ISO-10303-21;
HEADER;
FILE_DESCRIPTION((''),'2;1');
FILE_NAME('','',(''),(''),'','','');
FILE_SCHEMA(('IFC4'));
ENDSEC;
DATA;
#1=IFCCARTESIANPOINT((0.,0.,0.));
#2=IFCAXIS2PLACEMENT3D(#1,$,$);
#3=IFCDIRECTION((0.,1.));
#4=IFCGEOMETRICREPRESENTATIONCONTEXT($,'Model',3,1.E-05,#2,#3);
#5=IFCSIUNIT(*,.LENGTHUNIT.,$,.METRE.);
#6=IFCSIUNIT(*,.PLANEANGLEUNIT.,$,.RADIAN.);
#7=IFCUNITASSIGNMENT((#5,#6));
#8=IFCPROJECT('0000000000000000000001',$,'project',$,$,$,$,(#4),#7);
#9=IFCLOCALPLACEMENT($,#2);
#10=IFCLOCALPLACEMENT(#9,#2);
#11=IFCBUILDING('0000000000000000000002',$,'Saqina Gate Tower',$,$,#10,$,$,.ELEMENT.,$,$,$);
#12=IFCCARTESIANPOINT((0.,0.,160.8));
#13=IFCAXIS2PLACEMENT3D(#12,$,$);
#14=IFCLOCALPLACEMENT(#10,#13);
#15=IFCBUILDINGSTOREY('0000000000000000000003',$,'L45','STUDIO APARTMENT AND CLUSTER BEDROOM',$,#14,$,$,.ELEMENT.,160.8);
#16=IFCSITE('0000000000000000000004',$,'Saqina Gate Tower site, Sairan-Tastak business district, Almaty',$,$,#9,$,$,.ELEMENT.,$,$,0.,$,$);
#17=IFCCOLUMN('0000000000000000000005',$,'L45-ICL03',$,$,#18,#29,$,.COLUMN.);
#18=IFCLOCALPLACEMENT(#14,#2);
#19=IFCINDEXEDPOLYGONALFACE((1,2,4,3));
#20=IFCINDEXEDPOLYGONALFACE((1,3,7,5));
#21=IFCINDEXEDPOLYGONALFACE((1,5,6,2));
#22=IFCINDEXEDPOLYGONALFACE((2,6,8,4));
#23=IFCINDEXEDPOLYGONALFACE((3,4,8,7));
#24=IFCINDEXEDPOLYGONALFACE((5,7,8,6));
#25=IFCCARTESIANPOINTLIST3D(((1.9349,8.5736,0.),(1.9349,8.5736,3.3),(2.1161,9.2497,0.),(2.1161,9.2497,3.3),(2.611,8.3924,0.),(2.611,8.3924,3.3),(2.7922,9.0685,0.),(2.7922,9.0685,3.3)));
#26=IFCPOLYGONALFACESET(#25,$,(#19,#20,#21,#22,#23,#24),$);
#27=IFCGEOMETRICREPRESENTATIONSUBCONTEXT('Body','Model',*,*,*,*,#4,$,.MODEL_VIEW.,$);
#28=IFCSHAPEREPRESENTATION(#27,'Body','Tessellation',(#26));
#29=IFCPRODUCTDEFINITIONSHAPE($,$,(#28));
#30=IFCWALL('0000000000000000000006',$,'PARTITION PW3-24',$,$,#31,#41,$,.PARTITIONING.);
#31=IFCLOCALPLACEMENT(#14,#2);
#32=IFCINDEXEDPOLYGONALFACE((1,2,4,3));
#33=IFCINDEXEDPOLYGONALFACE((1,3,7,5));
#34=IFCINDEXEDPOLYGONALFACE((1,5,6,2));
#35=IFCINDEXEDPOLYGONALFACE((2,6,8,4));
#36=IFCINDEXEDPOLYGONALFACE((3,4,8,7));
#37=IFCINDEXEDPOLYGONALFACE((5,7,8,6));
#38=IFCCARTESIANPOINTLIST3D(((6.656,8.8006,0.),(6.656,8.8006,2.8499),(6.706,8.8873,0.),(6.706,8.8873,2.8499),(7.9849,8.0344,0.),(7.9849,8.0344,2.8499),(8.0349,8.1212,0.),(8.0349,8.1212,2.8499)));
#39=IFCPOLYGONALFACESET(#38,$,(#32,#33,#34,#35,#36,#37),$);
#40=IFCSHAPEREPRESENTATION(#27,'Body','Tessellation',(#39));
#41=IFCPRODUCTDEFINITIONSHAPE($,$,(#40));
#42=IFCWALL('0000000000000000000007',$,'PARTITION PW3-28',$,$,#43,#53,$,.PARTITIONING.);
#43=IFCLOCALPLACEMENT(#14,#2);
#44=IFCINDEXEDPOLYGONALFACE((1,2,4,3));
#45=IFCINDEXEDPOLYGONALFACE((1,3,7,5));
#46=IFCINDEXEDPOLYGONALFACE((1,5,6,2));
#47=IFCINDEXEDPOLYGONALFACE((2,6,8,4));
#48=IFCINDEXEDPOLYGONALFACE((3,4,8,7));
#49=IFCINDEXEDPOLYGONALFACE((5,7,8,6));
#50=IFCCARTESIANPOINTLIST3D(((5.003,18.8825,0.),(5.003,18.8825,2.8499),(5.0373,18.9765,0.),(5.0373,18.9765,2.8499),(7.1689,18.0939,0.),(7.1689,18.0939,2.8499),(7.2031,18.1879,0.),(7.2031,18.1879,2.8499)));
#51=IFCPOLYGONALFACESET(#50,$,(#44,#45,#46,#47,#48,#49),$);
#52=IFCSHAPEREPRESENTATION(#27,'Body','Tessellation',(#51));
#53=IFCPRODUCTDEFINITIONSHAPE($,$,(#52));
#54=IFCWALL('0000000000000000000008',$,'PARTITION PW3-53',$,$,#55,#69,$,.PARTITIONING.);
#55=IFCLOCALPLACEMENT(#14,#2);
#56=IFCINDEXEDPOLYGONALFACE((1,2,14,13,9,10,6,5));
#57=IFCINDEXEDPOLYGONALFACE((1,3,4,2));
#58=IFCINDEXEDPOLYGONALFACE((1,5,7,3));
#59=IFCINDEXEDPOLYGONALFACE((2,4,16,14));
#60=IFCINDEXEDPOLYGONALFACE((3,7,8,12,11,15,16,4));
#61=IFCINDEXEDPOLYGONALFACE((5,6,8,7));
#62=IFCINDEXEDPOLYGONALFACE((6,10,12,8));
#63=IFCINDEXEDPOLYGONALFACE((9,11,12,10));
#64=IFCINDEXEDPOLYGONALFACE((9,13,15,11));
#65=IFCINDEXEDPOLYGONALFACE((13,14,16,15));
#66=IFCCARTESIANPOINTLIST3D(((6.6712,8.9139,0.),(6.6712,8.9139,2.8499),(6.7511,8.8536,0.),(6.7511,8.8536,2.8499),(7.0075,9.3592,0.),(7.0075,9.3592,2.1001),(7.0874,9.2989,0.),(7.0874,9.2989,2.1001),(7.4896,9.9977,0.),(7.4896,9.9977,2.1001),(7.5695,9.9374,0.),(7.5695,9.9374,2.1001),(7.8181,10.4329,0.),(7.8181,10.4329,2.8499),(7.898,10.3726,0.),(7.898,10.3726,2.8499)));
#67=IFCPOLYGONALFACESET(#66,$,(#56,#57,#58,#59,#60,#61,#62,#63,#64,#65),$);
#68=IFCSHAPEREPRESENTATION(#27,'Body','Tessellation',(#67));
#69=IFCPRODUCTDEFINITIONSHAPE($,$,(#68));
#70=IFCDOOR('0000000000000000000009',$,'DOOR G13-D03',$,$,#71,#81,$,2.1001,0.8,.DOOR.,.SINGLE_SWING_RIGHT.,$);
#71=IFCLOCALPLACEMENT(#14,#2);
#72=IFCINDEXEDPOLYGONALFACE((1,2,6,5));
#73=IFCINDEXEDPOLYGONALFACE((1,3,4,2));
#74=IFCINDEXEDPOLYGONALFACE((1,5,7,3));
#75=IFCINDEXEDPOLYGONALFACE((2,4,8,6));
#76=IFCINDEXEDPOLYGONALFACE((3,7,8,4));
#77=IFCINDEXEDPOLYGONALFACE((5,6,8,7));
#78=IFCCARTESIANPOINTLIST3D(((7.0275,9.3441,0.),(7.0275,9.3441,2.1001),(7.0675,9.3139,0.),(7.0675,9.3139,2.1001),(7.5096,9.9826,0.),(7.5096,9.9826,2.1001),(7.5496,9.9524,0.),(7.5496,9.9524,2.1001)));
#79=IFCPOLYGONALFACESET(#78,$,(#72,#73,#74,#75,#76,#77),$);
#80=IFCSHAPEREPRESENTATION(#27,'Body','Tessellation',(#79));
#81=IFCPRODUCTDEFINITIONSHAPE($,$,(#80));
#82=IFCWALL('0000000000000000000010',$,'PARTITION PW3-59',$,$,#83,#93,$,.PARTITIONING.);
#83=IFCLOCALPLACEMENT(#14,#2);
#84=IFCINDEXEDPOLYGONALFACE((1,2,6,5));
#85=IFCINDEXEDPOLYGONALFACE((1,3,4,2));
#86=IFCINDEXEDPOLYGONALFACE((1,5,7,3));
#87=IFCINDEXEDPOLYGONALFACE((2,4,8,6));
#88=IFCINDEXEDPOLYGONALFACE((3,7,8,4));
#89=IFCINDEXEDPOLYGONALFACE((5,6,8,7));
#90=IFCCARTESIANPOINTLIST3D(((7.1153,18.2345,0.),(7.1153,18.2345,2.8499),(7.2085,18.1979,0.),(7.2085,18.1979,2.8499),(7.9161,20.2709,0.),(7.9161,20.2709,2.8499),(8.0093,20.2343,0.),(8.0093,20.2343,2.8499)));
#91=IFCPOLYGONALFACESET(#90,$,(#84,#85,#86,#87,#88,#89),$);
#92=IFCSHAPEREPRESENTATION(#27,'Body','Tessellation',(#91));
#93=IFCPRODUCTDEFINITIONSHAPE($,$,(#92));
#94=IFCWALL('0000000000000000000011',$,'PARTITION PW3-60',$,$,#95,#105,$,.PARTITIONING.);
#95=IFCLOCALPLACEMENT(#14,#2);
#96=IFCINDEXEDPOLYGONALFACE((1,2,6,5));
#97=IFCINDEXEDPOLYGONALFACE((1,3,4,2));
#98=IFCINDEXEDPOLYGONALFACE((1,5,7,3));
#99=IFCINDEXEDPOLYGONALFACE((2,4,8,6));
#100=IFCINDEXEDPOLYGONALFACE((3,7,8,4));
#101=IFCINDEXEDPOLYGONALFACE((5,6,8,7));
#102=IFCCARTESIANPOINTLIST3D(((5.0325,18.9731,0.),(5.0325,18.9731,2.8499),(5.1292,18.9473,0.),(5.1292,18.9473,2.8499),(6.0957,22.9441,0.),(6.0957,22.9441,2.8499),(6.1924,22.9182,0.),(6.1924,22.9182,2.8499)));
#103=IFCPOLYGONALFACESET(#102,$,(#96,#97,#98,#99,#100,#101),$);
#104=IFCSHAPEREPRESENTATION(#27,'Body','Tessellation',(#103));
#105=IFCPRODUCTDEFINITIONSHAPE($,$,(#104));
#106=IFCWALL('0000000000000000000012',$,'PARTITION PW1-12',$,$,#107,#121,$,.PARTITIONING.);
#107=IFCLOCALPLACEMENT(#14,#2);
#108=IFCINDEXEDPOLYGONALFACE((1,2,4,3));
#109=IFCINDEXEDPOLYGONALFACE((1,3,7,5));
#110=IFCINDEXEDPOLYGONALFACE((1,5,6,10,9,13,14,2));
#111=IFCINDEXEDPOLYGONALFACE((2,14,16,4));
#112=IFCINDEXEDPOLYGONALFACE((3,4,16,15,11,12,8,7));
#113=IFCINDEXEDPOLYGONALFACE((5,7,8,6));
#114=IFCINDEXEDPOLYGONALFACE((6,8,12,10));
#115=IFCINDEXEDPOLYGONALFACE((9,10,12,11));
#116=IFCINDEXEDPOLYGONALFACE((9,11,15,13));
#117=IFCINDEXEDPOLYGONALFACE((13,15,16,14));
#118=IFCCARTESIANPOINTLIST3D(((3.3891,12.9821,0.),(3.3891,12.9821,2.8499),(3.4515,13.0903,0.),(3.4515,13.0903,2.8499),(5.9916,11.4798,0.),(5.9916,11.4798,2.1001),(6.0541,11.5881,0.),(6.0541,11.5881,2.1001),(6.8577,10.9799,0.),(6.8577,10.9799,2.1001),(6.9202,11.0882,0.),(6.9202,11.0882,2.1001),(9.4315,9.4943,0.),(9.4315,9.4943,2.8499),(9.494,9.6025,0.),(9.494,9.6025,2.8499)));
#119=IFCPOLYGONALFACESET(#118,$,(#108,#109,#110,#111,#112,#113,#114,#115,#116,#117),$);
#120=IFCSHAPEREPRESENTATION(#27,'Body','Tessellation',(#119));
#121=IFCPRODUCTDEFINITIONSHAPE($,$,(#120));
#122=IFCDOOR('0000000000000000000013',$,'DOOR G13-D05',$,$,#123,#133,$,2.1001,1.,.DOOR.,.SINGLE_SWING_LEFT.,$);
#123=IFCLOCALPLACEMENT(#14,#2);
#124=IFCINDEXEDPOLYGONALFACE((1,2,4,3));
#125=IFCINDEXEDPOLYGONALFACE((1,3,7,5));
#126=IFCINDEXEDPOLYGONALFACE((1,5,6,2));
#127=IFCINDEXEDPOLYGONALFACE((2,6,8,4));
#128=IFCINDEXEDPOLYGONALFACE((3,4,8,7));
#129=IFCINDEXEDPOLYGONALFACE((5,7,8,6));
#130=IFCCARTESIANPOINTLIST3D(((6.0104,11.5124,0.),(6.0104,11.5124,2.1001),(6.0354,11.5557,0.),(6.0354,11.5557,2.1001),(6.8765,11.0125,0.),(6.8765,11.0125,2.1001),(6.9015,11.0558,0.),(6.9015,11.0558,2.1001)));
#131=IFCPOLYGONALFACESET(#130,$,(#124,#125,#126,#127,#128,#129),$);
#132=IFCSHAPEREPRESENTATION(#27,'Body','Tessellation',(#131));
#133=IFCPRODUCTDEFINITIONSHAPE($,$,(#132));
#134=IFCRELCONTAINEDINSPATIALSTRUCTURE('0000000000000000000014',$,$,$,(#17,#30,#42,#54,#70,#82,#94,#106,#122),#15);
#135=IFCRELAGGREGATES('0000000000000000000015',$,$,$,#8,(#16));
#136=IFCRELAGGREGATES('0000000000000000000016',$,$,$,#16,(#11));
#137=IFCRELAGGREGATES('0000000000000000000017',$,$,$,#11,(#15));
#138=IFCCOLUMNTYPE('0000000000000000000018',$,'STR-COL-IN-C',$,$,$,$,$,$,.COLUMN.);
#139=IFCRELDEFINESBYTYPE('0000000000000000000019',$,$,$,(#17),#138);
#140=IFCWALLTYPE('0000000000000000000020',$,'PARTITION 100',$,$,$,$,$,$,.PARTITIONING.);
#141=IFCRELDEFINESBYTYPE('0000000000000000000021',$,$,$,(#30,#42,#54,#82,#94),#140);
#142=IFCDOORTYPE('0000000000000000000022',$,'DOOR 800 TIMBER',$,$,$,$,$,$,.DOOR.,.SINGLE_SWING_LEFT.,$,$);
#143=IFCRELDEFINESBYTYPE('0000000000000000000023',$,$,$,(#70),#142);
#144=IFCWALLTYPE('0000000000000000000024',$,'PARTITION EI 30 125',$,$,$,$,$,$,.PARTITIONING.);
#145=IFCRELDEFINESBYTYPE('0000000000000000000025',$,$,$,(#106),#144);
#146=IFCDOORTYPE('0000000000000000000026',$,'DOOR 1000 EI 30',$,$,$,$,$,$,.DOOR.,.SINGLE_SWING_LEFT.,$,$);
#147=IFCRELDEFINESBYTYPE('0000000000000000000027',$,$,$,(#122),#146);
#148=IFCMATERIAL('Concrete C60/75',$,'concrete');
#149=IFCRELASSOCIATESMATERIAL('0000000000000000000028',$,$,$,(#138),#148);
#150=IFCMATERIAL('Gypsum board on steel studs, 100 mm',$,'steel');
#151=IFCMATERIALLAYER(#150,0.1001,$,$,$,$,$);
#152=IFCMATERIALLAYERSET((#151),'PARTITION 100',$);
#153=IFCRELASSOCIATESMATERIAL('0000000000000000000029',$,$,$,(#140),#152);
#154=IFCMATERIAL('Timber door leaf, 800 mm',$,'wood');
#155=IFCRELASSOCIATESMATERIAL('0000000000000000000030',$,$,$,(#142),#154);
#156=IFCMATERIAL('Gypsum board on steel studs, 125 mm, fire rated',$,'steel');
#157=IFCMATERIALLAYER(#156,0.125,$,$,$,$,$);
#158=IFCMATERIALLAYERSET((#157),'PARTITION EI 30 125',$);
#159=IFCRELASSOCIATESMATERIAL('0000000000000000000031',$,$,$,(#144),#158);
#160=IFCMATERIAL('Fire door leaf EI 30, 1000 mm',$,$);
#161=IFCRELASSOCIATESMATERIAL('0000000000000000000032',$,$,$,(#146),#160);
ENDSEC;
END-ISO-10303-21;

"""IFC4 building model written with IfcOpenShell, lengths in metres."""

from ifc_helpers import new_model, si_unit, direction, frame, frame_2d, origin, origin_2d, place, context, subcontext, project, spatial, rectangle, extrude, material, layer, layer_set, material_profile, profile_set, type_object, element, fill, save


model = new_model("IFC4")

# Units and contexts
model_context = context("Model", 3, precision=1e-05, world=origin(), true_north=direction((0.0, 1.0)))
body_context = subcontext(model_context, "Body", "Model", "MODEL_VIEW")
ifc_project = project(units=[si_unit("LENGTHUNIT", "METRE"), si_unit("PLANEANGLEUNIT", "RADIAN")], contexts=[model_context])

# Site, building, storey
site_placement = place(None, origin())
site = spatial("IfcSite", under=ifc_project, at=site_placement, Name="Saqina Gate Tower site, Sairan-Tastak business district, Almaty", CompositionType="ELEMENT", RefElevation=0.0)
building_placement = place(site_placement, origin())
building = spatial("IfcBuilding", under=site, at=building_placement, Name="Saqina Gate Tower", CompositionType="ELEMENT")
storey_placement = place(building_placement, frame((0.0, 0.0, 160.8)))
storey = spatial("IfcBuildingStorey", under=building, at=storey_placement, Name="L45", Description="STUDIO APARTMENT AND CLUSTER BEDROOM", CompositionType="ELEMENT", Elevation=160.8)

# Column
ifc_material_1 = material(Name="Concrete C60/75", Category="concrete")
ifc_material_profile = material_profile(ifc_material_1, rectangle(XDim=0.7, YDim=0.7, at=origin_2d()), Name="RC 700x700")
ifc_profile_set = profile_set([ifc_material_profile], Name="Concrete C60/75")
column_type = type_object("IfcColumnType", Name="STR-COL-IN-C", PredefinedType="COLUMN", material=ifc_profile_set)
column_placement = place(storey_placement, frame((2.3635, 8.821, 0.0), z_axis=(0.0, 0.0, 1.0), x_axis=(0.258819, 0.965926, 0.0)))
element("IfcColumn", 1, at=column_placement, inside=storey, type_object=column_type, Name="L45-ICL03", PredefinedType="COLUMN", context=body_context, shape_type="SweptSolid", body=[
    extrude(rectangle(XDim=0.7, YDim=0.7, at=origin_2d()), origin(), (0.0, 0.0, 1.0), 3.3),
])

# Walls
ifc_material_2 = material(Name="Gypsum board on steel studs, 100 mm", Category="steel")
ifc_layer_1 = layer(ifc_material_2, 0.1001)
ifc_layer_set_1 = layer_set([ifc_layer_1], Name="PARTITION 100")
wall_type_1 = type_object("IfcWallType", Name="PARTITION 100", PredefinedType="PARTITIONING", material=ifc_layer_set_1)
wall_1_placement = place(storey_placement, frame((6.6809, 8.844, 0.0), z_axis=(0.0, 0.0, 1.0), x_axis=(0.866337, -0.499461, 0.0)))
element("IfcWall", 2, at=wall_1_placement, inside=storey, type_object=wall_type_1, Name="PARTITION PW3-24", PredefinedType="PARTITIONING", context=body_context, shape_type="SweptSolid", body=[
    extrude(rectangle(XDim=1.5339, YDim=0.1001, at=frame_2d((0.7671, 0.0))), origin(), (0.0, 0.0, 1.0), 2.8499),
])
wall_2_placement = place(storey_placement, frame((5.0203, 18.9294, 0.0), z_axis=(0.0, 0.0, 1.0), x_axis=(0.939651, -0.342134, 0.0)))
element("IfcWall", 3, at=wall_2_placement, inside=storey, type_object=wall_type_1, Name="PARTITION PW3-28", PredefinedType="PARTITIONING", context=body_context, shape_type="SweptSolid", body=[
    extrude(rectangle(XDim=2.3049, YDim=0.1001, at=frame_2d((1.1523, 0.0))), origin(), (0.0, 0.0, 1.0), 2.8499),
])

# Wall, opening, door
wall_3_placement = place(storey_placement, frame((6.7112, 8.8838, 0.0), z_axis=(0.0, 0.0, 1.0), x_axis=(0.602583, 0.798056, 0.0)))
wall_3 = element("IfcWall", 4, at=wall_3_placement, inside=storey, type_object=wall_type_1, Name="PARTITION PW3-53", PredefinedType="PARTITIONING", context=body_context, shape_type="SweptSolid", body=[
    extrude(rectangle(XDim=1.9033, YDim=0.1001, at=frame_2d((0.9517, 0.0))), origin(), (0.0, 0.0, 1.0), 2.8499),
])
opening_1_placement = place(wall_3_placement, frame((0.5581, 0.0, 0.0)))
opening_1 = element("IfcOpeningElement", 5, at=opening_1_placement, cuts=wall_3, PredefinedType="OPENING", context=body_context, shape_type="SweptSolid", body=[
    extrude(rectangle(XDim=0.8, YDim=2.1001, at=frame_2d((0.3999, 1.05))), frame((0.0, 0.062, 0.0), z_axis=(0.0, -1.0, 0.0), x_axis=(1.0, 0.0, 0.0)), (0.0, 0.0, 1.0), 0.124),
])
ifc_material_3 = material(Name="Timber door leaf, 800 mm", Category="wood")
door_type_1 = type_object("IfcDoorType", Name="DOOR 800 TIMBER", OperationType="SINGLE_SWING_LEFT", PredefinedType="DOOR", material=ifc_material_3)
door_1_placement = place(opening_1_placement, origin())
door_1 = element("IfcDoor", 6, at=door_1_placement, inside=storey, type_object=door_type_1, Name="DOOR G13-D03", OperationType="SINGLE_SWING_RIGHT", OverallHeight=2.1001, OverallWidth=0.8, PredefinedType="DOOR", context=body_context, shape_type="SweptSolid", body=[
    extrude(rectangle(XDim=0.8, YDim=2.1001, at=frame_2d((0.3999, 1.05))), frame((0.0, 0.0249, 0.0), z_axis=(0.0, -1.0, 0.0), x_axis=(1.0, 0.0, 0.0)), (0.0, 0.0, 1.0), 0.05),
])
fill(opening_1, door_1)

# Walls
wall_4_placement = place(storey_placement, frame((7.1619, 18.2161, 0.0), z_axis=(0.0, 0.0, 1.0), x_axis=(0.36596, 0.930631, 0.0)))
element("IfcWall", 7, at=wall_4_placement, inside=storey, type_object=wall_type_1, Name="PARTITION PW3-59", PredefinedType="PARTITIONING", context=body_context, shape_type="SweptSolid", body=[
    extrude(rectangle(XDim=2.1882, YDim=0.1001, at=frame_2d((1.0942, 0.0))), origin(), (0.0, 0.0, 1.0), 2.8499),
])
wall_5_placement = place(storey_placement, frame((5.0808, 18.9602, 0.0), z_axis=(0.0, 0.0, 1.0), x_axis=(0.258642, 0.965973, 0.0)))
element("IfcWall", 8, at=wall_5_placement, inside=storey, type_object=wall_type_1, Name="PARTITION PW3-60", PredefinedType="PARTITIONING", context=body_context, shape_type="SweptSolid", body=[
    extrude(rectangle(XDim=4.1108, YDim=0.1001, at=frame_2d((2.0554, 0.0))), origin(), (0.0, 0.0, 1.0), 2.8499),
])

# Wall, opening, door
ifc_material_4 = material(Name="Gypsum board on steel studs, 125 mm, fire rated", Category="steel")
ifc_layer_2 = layer(ifc_material_4, 0.125)
ifc_layer_set_2 = layer_set([ifc_layer_2], Name="PARTITION EI 30 125")
wall_type_2 = type_object("IfcWallType", Name="PARTITION EI 30 125", PredefinedType="PARTITIONING", material=ifc_layer_set_2)
wall_6_placement = place(storey_placement, frame((3.4204, 13.0361, 0.0), z_axis=(0.0, 0.0, 1.0), x_axis=(0.866077, -0.49991, 0.0)))
wall_6 = element("IfcWall", 9, at=wall_6_placement, inside=storey, type_object=wall_type_2, Name="PARTITION PW1-12", PredefinedType="PARTITIONING", context=body_context, shape_type="SweptSolid", body=[
    extrude(rectangle(XDim=6.9768, YDim=0.125, at=frame_2d((3.4883, 0.0))), origin(), (0.0, 0.0, 1.0), 2.8499),
])
opening_2_placement = place(wall_6_placement, frame((3.0049, 0.0, 0.0)))
opening_2 = element("IfcOpeningElement", 10, at=opening_2_placement, cuts=wall_6, PredefinedType="OPENING", context=body_context, shape_type="SweptSolid", body=[
    extrude(rectangle(XDim=1.0, YDim=2.1001, at=frame_2d((0.5, 1.05))), frame((0.0, 0.0745, 0.0), z_axis=(0.0, -1.0, 0.0), x_axis=(1.0, 0.0, 0.0)), (0.0, 0.0, 1.0), 0.1489),
])
ifc_material_5 = material(Name="Fire door leaf EI 30, 1000 mm")
door_type_2 = type_object("IfcDoorType", Name="DOOR 1000 EI 30", OperationType="SINGLE_SWING_LEFT", PredefinedType="DOOR", material=ifc_material_5)
door_2_placement = place(opening_2_placement, frame((1.0, 0.0, 0.0), z_axis=(0.0, 0.0, 1.0), x_axis=(-1.0, 0.0, 0.0)))
door_2 = element("IfcDoor", 11, at=door_2_placement, inside=storey, type_object=door_type_2, Name="DOOR G13-D05", OperationType="SINGLE_SWING_LEFT", OverallHeight=2.1001, OverallWidth=1.0, PredefinedType="DOOR", context=body_context, shape_type="SweptSolid", body=[
    extrude(rectangle(XDim=1.0, YDim=2.1001, at=frame_2d((0.5, 1.05))), frame((0.0, 0.0249, 0.0), z_axis=(0.0, -1.0, 0.0), x_axis=(1.0, 0.0, 0.0)), (0.0, 0.0, 1.0), 0.05),
])
fill(opening_2, door_2)

save(model, "model.ifc")
